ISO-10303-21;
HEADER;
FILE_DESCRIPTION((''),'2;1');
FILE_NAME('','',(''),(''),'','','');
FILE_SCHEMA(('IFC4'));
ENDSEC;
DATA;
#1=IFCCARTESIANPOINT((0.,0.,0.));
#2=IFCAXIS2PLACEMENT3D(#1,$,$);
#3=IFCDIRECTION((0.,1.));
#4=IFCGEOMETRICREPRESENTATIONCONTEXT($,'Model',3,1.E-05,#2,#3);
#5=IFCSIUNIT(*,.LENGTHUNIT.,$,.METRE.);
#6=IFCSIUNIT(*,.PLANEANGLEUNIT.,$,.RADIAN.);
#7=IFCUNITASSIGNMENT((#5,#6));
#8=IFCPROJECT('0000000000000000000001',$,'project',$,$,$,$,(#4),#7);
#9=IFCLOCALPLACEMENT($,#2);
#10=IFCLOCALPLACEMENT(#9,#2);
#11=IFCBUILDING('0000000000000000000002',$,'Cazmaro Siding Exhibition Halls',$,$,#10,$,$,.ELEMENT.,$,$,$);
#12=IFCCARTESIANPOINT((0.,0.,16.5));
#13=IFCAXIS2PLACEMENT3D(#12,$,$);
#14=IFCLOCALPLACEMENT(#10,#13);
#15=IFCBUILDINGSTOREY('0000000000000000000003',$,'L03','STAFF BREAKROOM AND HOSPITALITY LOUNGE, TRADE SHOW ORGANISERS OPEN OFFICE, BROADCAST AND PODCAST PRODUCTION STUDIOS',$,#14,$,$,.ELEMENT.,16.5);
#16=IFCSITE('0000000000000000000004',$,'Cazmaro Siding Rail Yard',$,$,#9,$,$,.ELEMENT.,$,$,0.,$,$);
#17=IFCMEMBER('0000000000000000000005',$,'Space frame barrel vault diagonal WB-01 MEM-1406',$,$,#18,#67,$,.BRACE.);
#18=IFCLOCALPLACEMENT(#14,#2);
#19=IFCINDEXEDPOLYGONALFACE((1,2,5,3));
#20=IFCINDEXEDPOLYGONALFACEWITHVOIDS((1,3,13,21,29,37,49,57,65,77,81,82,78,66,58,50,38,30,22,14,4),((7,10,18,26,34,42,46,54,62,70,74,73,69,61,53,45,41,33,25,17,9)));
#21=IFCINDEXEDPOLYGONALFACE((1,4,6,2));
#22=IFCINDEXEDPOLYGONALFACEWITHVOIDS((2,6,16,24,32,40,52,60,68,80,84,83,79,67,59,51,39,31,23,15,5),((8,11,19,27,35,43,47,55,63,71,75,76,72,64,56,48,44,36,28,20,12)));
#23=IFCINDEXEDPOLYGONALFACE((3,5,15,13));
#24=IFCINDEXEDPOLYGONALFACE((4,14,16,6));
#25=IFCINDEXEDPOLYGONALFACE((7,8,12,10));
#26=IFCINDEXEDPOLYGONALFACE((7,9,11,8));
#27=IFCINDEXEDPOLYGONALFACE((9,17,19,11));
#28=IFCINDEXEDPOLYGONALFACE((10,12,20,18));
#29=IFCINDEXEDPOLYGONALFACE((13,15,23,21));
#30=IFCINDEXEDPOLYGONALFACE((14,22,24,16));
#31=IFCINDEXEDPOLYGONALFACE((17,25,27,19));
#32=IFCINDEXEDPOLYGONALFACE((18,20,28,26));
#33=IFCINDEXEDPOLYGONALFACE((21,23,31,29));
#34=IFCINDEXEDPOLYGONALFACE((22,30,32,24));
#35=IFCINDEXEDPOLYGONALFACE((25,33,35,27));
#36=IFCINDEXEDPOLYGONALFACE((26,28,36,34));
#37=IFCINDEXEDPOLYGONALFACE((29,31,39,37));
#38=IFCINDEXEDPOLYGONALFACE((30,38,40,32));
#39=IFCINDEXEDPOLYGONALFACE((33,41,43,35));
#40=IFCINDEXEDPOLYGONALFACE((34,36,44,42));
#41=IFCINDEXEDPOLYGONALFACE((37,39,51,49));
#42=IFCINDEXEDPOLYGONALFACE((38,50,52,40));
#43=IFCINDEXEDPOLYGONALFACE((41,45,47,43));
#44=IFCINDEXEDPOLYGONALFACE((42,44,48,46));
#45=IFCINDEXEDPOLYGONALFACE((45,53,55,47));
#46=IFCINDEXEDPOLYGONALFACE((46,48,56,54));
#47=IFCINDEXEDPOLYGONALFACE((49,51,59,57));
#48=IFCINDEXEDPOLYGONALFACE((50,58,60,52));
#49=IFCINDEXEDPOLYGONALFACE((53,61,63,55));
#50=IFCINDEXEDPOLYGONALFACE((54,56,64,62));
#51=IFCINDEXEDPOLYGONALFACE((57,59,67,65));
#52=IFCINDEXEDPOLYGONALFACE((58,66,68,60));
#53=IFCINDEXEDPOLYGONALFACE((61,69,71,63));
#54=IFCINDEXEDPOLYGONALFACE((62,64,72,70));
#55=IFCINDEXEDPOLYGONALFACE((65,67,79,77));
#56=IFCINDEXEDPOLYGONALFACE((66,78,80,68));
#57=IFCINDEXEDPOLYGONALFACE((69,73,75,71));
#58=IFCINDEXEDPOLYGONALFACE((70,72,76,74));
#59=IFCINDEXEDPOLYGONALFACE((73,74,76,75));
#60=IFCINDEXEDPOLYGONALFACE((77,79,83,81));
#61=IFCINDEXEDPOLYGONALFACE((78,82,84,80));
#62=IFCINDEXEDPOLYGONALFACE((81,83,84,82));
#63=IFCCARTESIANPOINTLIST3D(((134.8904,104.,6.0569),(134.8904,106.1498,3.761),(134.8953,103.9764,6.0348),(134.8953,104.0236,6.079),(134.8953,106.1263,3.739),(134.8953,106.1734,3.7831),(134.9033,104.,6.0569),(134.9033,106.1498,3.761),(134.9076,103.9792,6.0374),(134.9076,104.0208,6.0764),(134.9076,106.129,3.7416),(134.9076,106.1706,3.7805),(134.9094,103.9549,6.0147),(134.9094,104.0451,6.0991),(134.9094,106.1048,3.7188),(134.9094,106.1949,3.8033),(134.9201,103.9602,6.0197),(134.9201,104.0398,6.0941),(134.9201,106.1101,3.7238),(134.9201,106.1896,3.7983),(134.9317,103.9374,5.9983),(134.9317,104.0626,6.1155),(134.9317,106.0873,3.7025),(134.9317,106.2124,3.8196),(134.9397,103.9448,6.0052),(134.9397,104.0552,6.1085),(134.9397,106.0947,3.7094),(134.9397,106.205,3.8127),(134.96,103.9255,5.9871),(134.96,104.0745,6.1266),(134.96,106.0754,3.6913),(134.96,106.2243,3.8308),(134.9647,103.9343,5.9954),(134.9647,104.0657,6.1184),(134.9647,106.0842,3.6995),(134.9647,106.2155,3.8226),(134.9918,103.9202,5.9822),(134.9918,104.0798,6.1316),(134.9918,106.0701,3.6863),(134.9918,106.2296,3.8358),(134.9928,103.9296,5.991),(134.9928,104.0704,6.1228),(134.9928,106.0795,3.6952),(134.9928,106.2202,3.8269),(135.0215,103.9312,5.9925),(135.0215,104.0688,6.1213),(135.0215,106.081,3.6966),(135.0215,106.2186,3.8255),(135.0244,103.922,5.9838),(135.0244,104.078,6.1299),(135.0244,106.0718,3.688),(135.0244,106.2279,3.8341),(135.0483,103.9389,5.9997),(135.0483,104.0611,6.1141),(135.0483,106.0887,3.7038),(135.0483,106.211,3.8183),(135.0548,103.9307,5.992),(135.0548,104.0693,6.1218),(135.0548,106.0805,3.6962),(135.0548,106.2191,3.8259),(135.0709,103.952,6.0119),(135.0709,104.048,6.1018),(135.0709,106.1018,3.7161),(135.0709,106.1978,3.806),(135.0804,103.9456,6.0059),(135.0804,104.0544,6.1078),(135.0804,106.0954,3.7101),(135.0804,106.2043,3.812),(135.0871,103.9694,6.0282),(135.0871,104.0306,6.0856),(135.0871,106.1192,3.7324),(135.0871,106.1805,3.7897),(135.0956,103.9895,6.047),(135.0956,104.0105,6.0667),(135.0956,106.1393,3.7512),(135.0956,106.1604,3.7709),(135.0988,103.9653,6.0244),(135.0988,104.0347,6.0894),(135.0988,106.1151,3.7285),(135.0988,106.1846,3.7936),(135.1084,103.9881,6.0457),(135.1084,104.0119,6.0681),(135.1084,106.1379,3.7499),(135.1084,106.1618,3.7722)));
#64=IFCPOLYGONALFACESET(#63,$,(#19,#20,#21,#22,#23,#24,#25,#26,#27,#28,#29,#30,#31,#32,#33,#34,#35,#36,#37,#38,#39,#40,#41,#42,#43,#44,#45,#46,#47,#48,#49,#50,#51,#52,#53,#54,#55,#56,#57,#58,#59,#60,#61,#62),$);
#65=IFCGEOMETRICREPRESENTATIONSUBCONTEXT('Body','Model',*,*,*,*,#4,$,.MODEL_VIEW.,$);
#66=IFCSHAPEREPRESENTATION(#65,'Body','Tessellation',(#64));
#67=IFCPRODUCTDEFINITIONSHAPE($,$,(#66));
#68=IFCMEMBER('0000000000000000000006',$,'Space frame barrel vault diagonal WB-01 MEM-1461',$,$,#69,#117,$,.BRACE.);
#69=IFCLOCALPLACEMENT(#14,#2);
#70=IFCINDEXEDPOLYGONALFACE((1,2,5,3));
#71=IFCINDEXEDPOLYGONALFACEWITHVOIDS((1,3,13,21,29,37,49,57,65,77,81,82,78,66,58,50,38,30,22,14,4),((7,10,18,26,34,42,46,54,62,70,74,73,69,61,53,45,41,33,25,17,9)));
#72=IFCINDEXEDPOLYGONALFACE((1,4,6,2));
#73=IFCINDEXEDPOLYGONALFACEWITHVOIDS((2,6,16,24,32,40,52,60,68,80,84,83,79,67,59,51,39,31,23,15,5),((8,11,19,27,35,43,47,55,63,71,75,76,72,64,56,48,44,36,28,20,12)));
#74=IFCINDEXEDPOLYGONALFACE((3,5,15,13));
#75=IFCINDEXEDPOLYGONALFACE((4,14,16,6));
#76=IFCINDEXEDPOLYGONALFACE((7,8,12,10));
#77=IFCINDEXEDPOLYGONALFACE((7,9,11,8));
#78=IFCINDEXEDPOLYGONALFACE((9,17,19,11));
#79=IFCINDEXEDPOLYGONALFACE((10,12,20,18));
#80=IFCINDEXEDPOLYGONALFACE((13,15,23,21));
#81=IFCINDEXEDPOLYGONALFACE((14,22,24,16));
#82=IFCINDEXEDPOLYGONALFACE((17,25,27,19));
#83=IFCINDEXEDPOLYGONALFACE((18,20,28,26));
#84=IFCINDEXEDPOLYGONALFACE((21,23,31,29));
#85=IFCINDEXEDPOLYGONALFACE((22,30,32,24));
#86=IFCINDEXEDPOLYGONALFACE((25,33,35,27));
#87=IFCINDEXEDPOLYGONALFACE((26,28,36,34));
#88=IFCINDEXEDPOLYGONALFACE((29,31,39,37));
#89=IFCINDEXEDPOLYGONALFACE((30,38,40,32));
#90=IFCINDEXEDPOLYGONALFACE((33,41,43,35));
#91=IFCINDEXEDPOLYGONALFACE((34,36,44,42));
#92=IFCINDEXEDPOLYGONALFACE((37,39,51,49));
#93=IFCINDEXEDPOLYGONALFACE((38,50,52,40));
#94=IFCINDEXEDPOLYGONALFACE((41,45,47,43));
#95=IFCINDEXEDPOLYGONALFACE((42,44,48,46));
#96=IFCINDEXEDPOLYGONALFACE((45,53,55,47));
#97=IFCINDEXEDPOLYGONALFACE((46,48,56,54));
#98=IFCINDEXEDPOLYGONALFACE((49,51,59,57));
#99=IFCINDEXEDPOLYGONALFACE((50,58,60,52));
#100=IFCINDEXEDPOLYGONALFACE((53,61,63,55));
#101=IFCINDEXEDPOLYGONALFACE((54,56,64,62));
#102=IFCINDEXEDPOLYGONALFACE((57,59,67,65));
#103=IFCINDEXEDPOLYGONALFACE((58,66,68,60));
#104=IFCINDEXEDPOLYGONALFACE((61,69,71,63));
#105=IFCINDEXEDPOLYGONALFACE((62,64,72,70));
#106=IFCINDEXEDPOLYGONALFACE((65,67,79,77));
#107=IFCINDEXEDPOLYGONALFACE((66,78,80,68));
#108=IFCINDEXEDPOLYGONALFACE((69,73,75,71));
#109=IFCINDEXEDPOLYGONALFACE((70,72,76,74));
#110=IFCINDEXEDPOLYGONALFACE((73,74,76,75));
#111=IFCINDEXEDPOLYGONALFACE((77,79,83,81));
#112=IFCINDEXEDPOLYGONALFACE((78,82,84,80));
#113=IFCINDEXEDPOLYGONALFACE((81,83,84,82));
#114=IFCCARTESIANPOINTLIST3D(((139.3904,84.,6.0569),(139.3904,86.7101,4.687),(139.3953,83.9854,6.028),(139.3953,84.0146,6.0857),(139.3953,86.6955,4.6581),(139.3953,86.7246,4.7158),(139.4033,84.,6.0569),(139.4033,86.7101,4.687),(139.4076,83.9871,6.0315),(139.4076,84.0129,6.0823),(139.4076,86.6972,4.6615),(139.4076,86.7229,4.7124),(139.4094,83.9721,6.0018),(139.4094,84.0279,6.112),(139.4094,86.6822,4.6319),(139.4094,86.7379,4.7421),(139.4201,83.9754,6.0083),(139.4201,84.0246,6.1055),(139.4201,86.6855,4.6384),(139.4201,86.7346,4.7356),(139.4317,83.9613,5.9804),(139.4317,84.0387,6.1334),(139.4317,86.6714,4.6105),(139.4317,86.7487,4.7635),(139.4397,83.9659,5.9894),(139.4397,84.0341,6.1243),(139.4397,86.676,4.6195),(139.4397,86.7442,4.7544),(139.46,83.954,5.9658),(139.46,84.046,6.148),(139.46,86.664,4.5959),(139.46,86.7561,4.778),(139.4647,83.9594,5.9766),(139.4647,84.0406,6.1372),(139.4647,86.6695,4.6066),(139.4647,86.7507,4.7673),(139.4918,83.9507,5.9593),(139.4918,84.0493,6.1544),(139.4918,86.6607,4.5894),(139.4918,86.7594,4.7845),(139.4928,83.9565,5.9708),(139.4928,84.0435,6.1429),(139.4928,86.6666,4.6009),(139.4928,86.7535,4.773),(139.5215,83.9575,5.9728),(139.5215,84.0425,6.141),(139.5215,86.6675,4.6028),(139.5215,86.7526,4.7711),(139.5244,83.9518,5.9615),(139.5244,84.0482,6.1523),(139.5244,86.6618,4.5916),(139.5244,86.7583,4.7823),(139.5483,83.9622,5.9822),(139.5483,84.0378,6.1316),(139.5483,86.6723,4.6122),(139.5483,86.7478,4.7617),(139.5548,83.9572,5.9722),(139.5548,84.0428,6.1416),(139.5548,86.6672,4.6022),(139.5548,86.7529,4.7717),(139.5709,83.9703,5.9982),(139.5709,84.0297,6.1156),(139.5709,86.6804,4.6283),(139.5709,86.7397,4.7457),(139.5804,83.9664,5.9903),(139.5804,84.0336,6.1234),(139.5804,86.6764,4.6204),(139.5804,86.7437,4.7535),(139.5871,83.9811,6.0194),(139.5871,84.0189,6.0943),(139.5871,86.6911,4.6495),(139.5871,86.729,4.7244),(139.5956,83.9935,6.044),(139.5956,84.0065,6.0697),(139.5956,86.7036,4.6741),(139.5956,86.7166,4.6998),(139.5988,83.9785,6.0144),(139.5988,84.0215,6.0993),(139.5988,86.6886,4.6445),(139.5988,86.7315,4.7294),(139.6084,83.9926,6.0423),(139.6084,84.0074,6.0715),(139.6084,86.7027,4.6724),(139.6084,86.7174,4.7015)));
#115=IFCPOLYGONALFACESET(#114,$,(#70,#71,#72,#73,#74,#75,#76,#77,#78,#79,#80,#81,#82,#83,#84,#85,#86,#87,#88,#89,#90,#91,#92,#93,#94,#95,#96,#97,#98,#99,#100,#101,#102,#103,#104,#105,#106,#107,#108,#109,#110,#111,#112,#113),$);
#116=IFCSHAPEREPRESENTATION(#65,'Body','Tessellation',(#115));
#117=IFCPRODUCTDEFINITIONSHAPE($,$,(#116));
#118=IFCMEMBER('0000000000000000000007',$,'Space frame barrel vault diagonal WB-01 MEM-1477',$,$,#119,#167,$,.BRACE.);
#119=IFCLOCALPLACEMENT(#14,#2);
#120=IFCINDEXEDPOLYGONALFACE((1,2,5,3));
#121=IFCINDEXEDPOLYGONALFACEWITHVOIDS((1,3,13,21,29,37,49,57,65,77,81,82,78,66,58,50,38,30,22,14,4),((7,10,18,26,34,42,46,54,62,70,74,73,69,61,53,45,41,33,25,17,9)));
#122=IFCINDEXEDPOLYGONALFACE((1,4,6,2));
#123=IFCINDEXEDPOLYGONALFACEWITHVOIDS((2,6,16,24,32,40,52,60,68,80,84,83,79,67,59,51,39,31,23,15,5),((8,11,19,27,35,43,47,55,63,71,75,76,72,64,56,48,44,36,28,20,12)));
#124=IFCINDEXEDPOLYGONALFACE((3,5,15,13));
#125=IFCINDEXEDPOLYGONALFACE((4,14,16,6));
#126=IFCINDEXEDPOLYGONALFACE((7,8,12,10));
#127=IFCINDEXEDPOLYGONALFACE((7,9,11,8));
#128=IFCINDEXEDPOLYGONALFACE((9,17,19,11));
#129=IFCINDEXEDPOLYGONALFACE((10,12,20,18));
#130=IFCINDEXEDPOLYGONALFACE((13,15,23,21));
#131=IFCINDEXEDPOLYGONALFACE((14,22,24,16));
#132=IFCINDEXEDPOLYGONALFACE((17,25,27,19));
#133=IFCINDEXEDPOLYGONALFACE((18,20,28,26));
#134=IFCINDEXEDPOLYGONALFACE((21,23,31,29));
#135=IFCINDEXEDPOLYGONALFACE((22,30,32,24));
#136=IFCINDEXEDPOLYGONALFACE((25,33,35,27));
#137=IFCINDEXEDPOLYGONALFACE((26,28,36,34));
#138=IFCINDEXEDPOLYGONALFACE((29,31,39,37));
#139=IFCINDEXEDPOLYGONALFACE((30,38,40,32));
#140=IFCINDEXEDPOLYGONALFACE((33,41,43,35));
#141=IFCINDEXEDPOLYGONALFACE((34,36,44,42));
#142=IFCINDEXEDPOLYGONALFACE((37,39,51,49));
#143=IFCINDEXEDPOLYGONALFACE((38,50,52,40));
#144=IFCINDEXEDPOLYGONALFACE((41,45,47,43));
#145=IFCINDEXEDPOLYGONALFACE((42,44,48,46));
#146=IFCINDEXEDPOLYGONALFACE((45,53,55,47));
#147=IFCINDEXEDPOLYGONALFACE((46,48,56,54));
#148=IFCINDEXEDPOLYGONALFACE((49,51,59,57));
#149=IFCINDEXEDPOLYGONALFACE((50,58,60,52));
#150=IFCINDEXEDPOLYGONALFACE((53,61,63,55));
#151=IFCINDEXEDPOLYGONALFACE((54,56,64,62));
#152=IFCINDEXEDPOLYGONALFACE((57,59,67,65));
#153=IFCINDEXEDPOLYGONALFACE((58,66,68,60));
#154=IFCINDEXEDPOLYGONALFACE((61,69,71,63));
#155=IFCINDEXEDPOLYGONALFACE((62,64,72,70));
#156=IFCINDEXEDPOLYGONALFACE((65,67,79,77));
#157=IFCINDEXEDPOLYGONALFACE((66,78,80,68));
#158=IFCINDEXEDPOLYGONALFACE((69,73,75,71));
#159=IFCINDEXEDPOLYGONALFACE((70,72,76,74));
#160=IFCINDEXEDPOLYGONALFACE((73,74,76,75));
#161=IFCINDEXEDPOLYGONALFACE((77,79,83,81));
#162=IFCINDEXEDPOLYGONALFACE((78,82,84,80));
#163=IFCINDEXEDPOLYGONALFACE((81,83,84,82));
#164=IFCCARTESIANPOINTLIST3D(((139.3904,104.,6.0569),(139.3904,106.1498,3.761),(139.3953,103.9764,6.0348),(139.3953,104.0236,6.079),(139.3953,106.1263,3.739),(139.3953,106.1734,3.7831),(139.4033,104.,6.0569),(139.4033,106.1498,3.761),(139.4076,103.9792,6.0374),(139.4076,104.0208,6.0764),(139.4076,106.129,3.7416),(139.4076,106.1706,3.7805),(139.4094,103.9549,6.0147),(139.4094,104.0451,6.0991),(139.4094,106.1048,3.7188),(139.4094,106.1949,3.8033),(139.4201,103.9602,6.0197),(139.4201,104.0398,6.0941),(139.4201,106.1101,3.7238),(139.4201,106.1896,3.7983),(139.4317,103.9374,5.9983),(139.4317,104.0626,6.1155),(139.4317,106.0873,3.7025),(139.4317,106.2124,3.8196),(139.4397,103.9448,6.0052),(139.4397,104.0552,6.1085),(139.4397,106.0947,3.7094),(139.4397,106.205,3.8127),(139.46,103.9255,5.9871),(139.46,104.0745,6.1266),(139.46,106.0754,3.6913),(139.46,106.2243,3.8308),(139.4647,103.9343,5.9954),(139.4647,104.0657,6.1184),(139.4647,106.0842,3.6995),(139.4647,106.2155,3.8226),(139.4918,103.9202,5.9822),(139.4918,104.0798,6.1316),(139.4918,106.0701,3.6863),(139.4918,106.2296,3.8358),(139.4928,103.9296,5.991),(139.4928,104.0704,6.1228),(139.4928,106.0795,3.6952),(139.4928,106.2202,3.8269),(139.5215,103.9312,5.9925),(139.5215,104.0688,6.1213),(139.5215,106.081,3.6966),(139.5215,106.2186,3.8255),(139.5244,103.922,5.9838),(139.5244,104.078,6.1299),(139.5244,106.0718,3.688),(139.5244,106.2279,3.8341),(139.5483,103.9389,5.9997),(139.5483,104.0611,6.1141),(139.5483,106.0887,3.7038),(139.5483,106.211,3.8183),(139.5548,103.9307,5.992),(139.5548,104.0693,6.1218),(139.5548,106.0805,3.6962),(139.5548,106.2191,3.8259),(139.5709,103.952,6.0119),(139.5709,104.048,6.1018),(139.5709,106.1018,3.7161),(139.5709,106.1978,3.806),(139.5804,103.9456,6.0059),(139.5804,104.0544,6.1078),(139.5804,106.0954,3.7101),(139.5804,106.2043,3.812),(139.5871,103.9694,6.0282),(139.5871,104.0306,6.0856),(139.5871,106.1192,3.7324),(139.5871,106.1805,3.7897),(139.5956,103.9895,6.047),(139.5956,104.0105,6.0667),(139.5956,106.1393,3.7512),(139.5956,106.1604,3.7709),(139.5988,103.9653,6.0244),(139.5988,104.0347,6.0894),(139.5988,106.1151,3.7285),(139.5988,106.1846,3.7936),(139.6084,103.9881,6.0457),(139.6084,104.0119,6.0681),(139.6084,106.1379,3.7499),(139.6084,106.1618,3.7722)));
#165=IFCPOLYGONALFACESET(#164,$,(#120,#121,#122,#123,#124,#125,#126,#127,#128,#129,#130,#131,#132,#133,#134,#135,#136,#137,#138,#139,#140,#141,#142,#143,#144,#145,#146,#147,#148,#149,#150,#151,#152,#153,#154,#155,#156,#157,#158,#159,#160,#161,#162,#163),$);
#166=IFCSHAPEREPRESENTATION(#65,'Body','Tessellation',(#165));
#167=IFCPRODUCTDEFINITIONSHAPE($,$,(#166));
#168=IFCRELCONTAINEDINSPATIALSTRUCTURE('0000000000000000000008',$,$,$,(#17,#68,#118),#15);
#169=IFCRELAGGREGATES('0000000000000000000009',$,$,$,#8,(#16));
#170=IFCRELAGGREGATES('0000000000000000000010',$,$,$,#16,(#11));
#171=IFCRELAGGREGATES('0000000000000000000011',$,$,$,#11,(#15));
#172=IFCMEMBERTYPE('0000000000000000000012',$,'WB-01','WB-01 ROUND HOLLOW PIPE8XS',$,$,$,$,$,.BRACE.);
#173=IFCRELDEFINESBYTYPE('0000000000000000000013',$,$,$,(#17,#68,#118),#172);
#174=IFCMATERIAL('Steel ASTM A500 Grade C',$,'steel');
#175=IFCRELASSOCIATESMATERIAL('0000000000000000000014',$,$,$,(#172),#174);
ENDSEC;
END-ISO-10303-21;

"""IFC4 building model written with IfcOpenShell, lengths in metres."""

from ifc_helpers import new_model, si_unit, direction, frame, origin, origin_2d, place, context, subcontext, project, spatial, hollow_circle, extrude, material, material_profile, profile_set, type_object, element, save


model = new_model("IFC4")

# Units and contexts
model_context = context("Model", 3, precision=1e-05, world=origin(), true_north=direction((0.0, 1.0)))
body_context = subcontext(model_context, "Body", "Model", "MODEL_VIEW")
ifc_project = project(units=[si_unit("LENGTHUNIT", "METRE"), si_unit("PLANEANGLEUNIT", "RADIAN")], contexts=[model_context])

# Site, building, storey
site_placement = place(None, origin())
site = spatial("IfcSite", under=ifc_project, at=site_placement, Name="Cazmaro Siding Rail Yard", CompositionType="ELEMENT", RefElevation=0.0)
building_placement = place(site_placement, origin())
building = spatial("IfcBuilding", under=site, at=building_placement, Name="Cazmaro Siding Exhibition Halls", CompositionType="ELEMENT")
storey_placement = place(building_placement, frame((0.0, 0.0, 16.5)))
storey = spatial("IfcBuildingStorey", under=building, at=storey_placement, Name="L03", Description="STAFF BREAKROOM AND HOSPITALITY LOUNGE, TRADE SHOW ORGANISERS OPEN OFFICE, BROADCAST AND PODCAST PRODUCTION STUDIOS", CompositionType="ELEMENT", Elevation=16.5)

# Members
ifc_material_1 = material(Name="Steel ASTM A500 Grade C", Category="steel")
ifc_material_profile_1 = material_profile(ifc_material_1, hollow_circle(Radius=0.1096, WallThickness=0.0129, at=origin_2d()), Name="PIPE8XS")
ifc_profile_set_1 = profile_set([ifc_material_profile_1], Name="Steel ASTM A500 Grade C")
member_type_1 = type_object("IfcMemberType", Name="WB-01", Description="WB-01 ROUND HOLLOW PIPE8XS", PredefinedType="BRACE", material=ifc_profile_set_1)
member_1_placement = place(storey_placement, frame((135.0, 104.0, 6.0569), z_axis=(0.0, 0.683518, -0.729934), x_axis=(-1.0, 0.0, 0.0)))
element("IfcMember", 1, at=member_1_placement, inside=storey, type_object=member_type_1, Name="Space frame barrel vault diagonal WB-01 MEM-1406", PredefinedType="BRACE", context=body_context, shape_type="SweptSolid", body=[
    extrude(hollow_circle(Radius=0.1096, WallThickness=0.0129, at=origin_2d()), origin(), (0.0, 0.0, 1.0), 3.1453),
])
member_2_placement = place(storey_placement, frame((139.5, 84.0, 6.0569), z_axis=(0.0, 0.892457, -0.451133), x_axis=(-1.0, 0.0, 0.0)))
element("IfcMember", 2, at=member_2_placement, inside=storey, type_object=member_type_1, Name="Space frame barrel vault diagonal WB-01 MEM-1461", PredefinedType="BRACE", context=body_context, shape_type="SweptSolid", body=[
    extrude(hollow_circle(Radius=0.1096, WallThickness=0.0129, at=origin_2d()), origin(), (0.0, 0.0, 1.0), 3.0366),
])
member_3_placement = place(storey_placement, frame((139.5, 104.0, 6.0569), z_axis=(0.0, 0.683518, -0.729934), x_axis=(-1.0, 0.0, 0.0)))
element("IfcMember", 3, at=member_3_placement, inside=storey, type_object=member_type_1, Name="Space frame barrel vault diagonal WB-01 MEM-1477", PredefinedType="BRACE", context=body_context, shape_type="SweptSolid", body=[
    extrude(hollow_circle(Radius=0.1096, WallThickness=0.0129, at=origin_2d()), origin(), (0.0, 0.0, 1.0), 3.1453),
])

save(model, "model.ifc")
